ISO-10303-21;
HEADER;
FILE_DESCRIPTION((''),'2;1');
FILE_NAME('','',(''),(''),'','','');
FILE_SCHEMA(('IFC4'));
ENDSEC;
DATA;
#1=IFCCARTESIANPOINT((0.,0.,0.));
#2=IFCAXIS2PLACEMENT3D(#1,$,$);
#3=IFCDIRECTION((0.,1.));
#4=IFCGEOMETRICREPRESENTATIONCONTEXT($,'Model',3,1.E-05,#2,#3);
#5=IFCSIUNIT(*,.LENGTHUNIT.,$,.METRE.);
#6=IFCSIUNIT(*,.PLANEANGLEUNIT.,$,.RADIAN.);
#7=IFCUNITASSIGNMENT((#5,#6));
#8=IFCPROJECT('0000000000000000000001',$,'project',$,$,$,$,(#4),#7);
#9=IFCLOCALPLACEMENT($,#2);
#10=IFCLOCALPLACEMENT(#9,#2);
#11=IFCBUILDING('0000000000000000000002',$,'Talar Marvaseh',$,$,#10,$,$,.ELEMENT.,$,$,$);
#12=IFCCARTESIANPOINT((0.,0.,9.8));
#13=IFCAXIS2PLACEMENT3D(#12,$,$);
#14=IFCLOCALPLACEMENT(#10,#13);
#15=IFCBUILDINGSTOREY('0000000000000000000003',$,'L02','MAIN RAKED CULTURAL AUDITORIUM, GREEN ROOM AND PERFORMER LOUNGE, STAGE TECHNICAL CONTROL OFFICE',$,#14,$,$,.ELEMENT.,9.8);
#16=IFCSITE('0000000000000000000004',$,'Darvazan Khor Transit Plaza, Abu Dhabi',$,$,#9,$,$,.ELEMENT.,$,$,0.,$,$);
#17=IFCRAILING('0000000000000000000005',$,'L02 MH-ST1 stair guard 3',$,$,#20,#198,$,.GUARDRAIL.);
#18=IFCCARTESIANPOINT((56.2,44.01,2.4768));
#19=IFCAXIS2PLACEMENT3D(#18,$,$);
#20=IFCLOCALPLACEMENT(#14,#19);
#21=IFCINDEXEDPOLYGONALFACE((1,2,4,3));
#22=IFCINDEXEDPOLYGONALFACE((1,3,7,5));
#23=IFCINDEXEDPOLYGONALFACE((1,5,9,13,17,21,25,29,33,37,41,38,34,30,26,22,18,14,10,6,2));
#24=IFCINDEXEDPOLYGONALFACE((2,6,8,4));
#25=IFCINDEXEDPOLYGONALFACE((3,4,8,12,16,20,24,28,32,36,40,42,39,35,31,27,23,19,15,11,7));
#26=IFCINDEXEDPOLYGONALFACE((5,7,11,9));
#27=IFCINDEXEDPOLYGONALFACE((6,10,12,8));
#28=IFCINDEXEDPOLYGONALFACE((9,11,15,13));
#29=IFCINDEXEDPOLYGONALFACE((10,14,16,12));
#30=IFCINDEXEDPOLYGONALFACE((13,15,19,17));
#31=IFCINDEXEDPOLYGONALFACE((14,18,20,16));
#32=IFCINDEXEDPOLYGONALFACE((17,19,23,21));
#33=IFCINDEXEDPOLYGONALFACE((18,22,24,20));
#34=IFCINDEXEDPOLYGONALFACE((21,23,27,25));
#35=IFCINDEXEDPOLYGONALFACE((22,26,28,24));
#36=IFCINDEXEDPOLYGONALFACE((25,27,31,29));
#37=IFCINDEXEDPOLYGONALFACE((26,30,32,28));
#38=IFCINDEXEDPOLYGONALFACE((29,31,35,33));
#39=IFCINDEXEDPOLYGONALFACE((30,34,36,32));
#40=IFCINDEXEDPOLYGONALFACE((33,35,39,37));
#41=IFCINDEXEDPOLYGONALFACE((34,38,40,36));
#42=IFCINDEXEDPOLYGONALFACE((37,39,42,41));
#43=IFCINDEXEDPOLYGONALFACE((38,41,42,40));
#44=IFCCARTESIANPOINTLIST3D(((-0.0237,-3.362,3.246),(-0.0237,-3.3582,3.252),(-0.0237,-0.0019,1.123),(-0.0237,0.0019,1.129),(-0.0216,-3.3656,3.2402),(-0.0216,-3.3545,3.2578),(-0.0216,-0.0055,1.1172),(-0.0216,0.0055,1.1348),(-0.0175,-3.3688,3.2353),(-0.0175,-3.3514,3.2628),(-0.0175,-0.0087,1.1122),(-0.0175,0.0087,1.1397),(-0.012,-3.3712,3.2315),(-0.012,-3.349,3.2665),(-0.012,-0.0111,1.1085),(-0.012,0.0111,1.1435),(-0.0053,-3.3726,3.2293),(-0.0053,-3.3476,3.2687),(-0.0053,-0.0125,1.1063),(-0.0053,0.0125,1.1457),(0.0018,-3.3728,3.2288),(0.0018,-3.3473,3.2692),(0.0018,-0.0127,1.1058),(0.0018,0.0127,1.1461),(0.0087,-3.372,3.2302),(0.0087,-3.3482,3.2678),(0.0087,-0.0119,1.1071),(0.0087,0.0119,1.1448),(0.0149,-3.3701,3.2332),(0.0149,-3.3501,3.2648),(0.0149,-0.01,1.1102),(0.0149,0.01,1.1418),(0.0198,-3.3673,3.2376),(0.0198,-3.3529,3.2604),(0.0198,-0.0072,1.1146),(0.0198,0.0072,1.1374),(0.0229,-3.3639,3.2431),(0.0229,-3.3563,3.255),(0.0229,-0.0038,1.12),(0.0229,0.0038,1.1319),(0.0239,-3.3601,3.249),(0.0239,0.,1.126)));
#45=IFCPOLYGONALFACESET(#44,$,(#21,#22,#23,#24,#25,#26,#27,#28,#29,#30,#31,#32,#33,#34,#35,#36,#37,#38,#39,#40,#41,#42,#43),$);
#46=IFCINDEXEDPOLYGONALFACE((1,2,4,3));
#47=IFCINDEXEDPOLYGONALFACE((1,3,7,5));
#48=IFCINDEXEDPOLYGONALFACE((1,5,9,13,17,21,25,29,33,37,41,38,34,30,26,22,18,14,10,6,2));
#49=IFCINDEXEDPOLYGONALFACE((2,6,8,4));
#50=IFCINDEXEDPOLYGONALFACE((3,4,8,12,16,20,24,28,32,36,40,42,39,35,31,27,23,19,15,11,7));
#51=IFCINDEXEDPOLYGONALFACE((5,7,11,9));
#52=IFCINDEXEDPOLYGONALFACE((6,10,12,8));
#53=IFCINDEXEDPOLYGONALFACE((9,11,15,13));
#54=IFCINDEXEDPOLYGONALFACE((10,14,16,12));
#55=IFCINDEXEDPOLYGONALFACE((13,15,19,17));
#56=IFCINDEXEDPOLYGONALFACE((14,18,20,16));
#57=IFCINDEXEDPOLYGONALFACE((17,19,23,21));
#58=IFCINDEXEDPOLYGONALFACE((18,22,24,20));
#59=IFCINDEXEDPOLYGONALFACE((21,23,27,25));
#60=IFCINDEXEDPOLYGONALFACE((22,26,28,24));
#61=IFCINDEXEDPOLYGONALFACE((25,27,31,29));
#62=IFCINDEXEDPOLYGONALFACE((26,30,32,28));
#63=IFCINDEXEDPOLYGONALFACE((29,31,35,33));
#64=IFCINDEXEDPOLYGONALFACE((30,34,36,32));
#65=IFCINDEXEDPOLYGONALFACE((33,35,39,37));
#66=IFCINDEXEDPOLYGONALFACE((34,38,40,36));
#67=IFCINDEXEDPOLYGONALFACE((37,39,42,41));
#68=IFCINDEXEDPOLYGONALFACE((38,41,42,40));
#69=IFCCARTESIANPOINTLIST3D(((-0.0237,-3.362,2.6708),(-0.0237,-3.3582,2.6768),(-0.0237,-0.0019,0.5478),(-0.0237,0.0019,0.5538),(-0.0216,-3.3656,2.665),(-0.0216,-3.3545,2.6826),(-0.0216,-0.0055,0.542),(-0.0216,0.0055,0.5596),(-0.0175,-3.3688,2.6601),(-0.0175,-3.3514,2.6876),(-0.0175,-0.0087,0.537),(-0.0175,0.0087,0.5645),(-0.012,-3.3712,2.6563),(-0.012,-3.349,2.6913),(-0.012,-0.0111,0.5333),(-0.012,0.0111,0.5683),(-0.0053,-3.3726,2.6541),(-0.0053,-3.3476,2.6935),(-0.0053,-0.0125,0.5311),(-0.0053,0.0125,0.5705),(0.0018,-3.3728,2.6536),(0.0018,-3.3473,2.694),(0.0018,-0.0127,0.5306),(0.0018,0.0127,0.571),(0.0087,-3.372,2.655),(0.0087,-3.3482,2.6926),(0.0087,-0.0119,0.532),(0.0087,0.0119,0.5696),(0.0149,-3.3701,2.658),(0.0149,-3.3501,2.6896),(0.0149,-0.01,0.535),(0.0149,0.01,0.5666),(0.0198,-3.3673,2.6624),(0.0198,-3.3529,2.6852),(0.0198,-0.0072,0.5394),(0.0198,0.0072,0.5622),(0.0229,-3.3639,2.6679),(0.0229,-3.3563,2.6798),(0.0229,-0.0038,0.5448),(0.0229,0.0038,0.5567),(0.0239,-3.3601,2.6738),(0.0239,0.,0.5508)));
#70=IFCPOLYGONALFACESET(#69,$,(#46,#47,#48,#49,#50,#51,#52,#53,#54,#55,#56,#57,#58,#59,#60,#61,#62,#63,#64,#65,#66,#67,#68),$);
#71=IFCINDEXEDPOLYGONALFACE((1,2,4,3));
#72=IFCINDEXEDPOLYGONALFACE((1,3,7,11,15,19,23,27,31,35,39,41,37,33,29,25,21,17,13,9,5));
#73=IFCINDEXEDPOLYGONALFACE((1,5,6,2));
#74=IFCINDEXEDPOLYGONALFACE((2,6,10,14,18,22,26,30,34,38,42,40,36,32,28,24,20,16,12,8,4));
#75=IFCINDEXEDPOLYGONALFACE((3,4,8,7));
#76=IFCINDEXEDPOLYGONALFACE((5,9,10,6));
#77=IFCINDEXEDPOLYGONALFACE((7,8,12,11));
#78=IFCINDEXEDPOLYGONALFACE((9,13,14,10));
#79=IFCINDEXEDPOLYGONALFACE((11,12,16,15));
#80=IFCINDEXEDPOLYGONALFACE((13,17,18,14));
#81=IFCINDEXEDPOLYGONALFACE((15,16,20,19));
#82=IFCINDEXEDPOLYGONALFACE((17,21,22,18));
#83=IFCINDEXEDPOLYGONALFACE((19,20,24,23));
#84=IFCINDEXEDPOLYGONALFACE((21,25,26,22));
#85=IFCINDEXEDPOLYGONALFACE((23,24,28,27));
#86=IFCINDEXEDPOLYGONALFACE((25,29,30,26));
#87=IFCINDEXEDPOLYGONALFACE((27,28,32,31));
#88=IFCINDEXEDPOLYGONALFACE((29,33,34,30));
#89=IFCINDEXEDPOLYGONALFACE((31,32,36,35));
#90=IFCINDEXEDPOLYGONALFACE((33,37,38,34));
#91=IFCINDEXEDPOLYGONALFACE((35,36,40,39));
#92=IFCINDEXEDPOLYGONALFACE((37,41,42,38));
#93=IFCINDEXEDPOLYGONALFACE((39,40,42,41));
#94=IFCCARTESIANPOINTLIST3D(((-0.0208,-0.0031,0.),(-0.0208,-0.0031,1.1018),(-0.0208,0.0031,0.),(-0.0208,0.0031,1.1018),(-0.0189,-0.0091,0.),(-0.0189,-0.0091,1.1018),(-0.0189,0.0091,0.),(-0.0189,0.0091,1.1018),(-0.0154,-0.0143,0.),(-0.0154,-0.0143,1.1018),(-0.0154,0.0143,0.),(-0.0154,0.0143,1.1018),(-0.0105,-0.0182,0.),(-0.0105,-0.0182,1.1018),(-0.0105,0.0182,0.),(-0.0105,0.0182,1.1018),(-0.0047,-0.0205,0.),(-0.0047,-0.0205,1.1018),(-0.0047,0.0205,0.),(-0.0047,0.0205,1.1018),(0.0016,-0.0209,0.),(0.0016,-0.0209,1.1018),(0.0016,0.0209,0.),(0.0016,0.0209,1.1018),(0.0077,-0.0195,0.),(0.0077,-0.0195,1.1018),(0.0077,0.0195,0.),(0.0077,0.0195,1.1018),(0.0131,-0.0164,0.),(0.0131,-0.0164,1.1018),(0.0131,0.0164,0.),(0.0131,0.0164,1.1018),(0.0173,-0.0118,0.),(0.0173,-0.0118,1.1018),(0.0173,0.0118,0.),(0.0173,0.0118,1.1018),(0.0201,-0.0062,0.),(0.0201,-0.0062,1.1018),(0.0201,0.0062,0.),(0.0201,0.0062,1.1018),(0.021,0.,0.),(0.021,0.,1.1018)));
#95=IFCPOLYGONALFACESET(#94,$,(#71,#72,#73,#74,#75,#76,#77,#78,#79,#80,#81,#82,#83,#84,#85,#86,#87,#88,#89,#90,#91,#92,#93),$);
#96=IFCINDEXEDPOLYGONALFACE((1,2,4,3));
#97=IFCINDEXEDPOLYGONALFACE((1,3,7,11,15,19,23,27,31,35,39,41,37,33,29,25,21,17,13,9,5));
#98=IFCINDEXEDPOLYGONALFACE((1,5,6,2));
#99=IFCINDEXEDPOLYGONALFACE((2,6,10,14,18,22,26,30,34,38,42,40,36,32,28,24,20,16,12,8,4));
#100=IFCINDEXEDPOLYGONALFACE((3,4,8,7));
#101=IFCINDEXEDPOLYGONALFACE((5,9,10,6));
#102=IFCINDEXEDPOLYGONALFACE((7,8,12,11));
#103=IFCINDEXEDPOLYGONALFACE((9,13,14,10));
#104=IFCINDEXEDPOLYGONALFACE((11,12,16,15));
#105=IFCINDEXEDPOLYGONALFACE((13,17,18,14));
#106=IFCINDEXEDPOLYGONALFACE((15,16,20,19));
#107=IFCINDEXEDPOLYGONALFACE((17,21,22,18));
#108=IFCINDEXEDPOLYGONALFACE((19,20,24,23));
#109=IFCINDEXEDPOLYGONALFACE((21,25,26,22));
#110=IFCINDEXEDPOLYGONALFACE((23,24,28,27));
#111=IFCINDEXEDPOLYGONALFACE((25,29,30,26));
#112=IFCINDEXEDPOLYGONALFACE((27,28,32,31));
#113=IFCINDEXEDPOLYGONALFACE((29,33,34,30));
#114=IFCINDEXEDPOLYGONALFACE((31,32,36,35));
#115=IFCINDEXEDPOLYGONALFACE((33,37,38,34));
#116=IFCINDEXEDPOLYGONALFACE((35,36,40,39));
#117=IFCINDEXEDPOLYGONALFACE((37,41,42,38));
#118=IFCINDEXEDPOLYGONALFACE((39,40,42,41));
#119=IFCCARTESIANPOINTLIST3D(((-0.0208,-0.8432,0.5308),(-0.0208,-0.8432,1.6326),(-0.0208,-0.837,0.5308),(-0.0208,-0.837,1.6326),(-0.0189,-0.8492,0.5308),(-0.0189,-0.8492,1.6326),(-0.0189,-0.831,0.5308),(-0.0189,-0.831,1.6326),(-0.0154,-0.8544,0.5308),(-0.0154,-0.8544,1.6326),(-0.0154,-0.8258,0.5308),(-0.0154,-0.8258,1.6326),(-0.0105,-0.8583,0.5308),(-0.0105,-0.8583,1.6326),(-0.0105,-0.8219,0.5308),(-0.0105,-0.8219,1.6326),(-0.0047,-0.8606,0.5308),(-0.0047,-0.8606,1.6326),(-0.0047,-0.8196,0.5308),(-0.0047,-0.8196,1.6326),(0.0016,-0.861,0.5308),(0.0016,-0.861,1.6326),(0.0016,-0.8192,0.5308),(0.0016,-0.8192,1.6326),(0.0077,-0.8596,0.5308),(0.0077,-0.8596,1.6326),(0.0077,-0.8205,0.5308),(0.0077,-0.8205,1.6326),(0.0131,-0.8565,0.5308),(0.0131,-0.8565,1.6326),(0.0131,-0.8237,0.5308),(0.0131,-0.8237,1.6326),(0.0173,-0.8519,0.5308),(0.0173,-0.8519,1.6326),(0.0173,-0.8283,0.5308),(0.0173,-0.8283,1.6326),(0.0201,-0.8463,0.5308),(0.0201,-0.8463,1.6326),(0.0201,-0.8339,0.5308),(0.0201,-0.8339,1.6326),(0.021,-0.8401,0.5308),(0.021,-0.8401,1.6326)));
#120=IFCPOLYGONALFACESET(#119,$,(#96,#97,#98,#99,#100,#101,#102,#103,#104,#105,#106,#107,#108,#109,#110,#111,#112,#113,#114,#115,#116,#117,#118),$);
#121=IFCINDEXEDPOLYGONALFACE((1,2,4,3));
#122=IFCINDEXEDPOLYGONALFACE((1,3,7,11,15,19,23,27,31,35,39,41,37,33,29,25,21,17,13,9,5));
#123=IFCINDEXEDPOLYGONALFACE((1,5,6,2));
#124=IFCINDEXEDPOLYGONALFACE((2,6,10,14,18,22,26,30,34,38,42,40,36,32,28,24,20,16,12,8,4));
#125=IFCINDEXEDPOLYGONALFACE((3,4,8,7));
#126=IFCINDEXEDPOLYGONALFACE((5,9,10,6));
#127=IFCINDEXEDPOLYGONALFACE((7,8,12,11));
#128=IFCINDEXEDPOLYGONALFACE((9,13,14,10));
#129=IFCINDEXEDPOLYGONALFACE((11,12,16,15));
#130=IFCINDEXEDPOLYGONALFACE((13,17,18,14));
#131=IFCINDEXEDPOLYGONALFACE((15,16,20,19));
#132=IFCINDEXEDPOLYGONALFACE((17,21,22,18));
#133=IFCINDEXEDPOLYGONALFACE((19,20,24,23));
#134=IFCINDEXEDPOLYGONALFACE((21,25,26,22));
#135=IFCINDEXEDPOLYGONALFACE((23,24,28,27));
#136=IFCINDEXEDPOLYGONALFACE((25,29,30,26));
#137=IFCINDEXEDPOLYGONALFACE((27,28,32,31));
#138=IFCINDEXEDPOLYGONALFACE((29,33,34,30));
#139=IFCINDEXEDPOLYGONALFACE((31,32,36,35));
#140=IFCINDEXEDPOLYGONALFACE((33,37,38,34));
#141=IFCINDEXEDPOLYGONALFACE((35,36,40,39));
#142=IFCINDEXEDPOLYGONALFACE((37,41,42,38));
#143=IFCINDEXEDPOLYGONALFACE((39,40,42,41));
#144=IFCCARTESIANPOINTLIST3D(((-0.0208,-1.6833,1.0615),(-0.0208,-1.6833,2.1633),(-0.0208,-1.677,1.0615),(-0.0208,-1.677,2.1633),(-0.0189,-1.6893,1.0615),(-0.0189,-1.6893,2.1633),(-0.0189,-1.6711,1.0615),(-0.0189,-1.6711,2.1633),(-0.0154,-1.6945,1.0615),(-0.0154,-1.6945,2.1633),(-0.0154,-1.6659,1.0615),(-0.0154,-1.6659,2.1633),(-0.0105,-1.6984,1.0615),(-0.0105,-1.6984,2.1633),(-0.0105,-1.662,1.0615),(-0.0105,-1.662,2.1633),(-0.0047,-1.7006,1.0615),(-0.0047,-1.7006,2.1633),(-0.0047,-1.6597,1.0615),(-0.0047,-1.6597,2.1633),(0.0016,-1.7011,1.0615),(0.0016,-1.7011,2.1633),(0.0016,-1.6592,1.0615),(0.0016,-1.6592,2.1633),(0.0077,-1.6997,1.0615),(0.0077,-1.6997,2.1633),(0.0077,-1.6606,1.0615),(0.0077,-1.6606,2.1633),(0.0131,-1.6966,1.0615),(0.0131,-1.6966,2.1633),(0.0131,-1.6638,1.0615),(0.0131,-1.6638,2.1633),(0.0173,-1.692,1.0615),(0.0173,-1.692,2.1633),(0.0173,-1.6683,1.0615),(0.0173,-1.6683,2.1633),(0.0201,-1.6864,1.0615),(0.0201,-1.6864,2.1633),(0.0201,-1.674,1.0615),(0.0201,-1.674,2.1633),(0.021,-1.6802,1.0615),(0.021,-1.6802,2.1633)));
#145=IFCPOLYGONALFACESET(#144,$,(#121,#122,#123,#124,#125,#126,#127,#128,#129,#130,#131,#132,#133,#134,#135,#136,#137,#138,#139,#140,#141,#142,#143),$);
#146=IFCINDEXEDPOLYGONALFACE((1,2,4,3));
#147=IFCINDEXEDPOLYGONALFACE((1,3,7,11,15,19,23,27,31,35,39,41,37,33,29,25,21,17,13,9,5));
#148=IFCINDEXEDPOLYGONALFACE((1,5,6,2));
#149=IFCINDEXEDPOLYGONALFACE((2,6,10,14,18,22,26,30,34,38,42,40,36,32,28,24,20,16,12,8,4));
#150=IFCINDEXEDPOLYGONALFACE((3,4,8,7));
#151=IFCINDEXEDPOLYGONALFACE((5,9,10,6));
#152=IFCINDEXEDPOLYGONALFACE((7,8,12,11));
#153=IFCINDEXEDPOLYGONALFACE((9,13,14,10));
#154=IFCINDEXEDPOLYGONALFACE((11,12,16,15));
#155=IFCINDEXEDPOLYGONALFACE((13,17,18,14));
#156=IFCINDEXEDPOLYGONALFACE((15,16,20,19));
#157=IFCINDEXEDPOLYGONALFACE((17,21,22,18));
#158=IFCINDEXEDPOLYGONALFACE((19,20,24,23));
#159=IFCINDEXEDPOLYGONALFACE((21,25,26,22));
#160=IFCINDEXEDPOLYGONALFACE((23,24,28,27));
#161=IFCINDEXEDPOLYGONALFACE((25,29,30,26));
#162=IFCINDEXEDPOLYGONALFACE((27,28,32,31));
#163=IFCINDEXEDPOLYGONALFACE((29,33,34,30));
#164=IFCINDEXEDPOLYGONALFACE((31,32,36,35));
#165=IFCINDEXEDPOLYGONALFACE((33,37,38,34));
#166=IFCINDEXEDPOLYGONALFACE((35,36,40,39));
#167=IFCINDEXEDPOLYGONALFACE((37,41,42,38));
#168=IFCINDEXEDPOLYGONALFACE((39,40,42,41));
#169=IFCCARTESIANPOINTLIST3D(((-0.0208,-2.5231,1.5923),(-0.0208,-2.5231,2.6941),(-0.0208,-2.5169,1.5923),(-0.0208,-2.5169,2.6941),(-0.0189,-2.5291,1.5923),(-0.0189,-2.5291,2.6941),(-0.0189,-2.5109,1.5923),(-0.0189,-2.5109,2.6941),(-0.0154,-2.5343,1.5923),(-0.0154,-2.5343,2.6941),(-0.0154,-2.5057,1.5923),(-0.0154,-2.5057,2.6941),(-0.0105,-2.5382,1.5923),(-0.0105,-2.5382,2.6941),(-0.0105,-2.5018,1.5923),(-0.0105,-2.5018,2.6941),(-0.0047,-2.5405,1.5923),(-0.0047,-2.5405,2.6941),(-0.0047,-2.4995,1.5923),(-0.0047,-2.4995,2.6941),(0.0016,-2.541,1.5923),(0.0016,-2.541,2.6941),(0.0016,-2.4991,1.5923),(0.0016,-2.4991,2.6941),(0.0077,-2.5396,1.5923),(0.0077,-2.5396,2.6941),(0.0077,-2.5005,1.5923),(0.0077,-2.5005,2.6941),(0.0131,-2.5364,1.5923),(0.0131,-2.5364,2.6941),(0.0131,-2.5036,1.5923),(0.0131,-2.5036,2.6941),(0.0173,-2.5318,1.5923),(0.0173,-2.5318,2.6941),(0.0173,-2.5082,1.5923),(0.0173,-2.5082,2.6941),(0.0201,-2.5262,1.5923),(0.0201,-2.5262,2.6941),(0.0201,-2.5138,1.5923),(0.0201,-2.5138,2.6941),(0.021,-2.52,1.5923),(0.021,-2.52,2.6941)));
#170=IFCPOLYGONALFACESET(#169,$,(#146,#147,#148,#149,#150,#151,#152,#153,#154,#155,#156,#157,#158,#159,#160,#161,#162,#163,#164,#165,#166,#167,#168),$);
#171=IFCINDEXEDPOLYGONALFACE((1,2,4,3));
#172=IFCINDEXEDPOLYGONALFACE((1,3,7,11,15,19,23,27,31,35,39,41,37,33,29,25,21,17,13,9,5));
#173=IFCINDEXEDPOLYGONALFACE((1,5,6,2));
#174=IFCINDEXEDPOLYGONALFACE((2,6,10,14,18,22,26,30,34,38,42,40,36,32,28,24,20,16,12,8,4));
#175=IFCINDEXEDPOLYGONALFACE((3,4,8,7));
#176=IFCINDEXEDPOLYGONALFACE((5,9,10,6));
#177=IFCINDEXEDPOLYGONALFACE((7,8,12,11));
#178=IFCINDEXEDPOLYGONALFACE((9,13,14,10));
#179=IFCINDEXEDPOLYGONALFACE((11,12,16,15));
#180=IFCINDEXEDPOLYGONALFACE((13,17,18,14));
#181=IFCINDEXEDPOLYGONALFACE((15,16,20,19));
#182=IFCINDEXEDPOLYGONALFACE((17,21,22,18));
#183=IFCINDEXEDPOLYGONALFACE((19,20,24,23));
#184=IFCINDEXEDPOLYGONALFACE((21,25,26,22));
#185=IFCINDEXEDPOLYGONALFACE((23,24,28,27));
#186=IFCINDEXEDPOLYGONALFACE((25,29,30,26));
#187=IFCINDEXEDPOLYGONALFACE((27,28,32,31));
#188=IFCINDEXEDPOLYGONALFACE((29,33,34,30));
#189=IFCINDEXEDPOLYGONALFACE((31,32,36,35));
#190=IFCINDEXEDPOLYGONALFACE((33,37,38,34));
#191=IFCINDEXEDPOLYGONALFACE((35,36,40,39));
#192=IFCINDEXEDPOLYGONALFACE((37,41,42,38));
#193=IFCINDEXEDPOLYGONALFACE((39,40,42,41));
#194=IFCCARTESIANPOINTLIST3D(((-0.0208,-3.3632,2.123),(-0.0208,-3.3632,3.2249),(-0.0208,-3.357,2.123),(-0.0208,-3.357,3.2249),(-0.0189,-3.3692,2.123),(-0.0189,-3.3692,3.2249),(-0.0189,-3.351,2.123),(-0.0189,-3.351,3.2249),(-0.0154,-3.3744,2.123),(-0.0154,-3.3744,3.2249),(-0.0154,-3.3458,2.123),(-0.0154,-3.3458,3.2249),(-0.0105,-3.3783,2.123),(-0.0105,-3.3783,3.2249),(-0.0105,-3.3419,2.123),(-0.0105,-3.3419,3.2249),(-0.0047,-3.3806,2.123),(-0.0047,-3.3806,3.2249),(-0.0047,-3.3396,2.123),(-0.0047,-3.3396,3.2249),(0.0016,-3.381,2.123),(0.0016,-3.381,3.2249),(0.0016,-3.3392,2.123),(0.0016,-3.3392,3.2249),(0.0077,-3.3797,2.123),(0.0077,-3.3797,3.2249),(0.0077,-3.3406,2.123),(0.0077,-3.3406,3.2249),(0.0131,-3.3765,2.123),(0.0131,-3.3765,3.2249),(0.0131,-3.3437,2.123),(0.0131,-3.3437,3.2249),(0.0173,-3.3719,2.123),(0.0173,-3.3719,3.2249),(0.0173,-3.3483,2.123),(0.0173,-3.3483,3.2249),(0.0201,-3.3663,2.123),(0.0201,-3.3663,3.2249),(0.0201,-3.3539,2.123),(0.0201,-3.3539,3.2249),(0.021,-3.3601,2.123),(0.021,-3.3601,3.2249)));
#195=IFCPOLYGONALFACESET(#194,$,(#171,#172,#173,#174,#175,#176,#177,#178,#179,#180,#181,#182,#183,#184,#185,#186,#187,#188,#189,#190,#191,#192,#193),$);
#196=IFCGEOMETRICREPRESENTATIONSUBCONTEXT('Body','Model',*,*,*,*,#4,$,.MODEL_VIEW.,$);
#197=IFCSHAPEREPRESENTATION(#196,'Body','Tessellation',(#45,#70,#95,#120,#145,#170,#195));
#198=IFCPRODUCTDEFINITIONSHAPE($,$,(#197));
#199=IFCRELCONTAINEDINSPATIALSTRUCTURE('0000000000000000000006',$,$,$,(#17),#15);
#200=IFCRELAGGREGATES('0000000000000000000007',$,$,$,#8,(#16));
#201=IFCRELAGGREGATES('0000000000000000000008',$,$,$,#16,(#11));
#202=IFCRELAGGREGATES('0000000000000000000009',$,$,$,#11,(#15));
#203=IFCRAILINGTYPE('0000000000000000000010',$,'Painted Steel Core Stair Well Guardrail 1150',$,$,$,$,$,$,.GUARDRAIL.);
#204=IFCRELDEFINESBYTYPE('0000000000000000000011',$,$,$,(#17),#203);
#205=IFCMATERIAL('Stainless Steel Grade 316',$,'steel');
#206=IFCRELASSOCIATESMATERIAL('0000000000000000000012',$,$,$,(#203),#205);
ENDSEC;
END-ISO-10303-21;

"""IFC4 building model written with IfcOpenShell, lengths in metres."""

from ifc_helpers import new_model, si_unit, direction, frame, origin, origin_2d, place, context, subcontext, project, spatial, circle, extrude, material, type_object, element, save


model = new_model("IFC4")

# Units and contexts
model_context = context("Model", 3, precision=1e-05, world=origin(), true_north=direction((0.0, 1.0)))
body_context = subcontext(model_context, "Body", "Model", "MODEL_VIEW")
ifc_project = project(units=[si_unit("LENGTHUNIT", "METRE"), si_unit("PLANEANGLEUNIT", "RADIAN")], contexts=[model_context])

# Site, building, storey
site_placement = place(None, origin())
site = spatial("IfcSite", under=ifc_project, at=site_placement, Name="Darvazan Khor Transit Plaza, Abu Dhabi", CompositionType="ELEMENT", RefElevation=0.0)
building_placement = place(site_placement, origin())
building = spatial("IfcBuilding", under=site, at=building_placement, Name="Talar Marvaseh", CompositionType="ELEMENT")
storey_placement = place(building_placement, frame((0.0, 0.0, 9.8)))
storey = spatial("IfcBuildingStorey", under=building, at=storey_placement, Name="L02", Description="MAIN RAKED CULTURAL AUDITORIUM, GREEN ROOM AND PERFORMER LOUNGE, STAGE TECHNICAL CONTROL OFFICE", CompositionType="ELEMENT", Elevation=9.8)

# Railing
ifc_material_1 = material(Name="Stainless Steel Grade 316", Category="steel")
railing_type_1 = type_object("IfcRailingType", Name="Painted Steel Core Stair Well Guardrail 1150", PredefinedType="GUARDRAIL", material=ifc_material_1)
railing_1_placement = place(storey_placement, frame((56.2, 44.01, 2.4768)))
element("IfcRailing", 1, at=railing_1_placement, inside=storey, type_object=railing_type_1, Name="L02 MH-ST1 stair guard 3", PredefinedType="GUARDRAIL", context=body_context, shape_type="SweptSolid", body=[
    extrude(circle(Radius=0.0239, at=origin_2d()), frame((0.0, 0.0, 1.126), z_axis=(0.0, -0.84539, 0.53415), x_axis=(1.0, 0.0, 0.0)), (0.0, 0.0, 1.0), 3.9746),
    extrude(circle(Radius=0.0239, at=origin_2d()), frame((0.0, 0.0, 0.5508), z_axis=(0.0, -0.84539, 0.53415), x_axis=(1.0, 0.0, 0.0)), (0.0, 0.0, 1.0), 3.9746),
    extrude(circle(Radius=0.021, at=origin_2d()), origin(), (0.0, 0.0, 1.0), 1.1018),
    extrude(circle(Radius=0.021, at=origin_2d()), frame((0.0, -0.8401, 0.5308)), (0.0, 0.0, 1.0), 1.1018),
    extrude(circle(Radius=0.021, at=origin_2d()), frame((0.0, -1.6802, 1.0615)), (0.0, 0.0, 1.0), 1.1018),
    extrude(circle(Radius=0.021, at=origin_2d()), frame((0.0, -2.52, 1.5923)), (0.0, 0.0, 1.0), 1.1018),
    extrude(circle(Radius=0.021, at=origin_2d()), frame((0.0, -3.3601, 2.123)), (0.0, 0.0, 1.0), 1.1018),
])

save(model, "model.ifc")
